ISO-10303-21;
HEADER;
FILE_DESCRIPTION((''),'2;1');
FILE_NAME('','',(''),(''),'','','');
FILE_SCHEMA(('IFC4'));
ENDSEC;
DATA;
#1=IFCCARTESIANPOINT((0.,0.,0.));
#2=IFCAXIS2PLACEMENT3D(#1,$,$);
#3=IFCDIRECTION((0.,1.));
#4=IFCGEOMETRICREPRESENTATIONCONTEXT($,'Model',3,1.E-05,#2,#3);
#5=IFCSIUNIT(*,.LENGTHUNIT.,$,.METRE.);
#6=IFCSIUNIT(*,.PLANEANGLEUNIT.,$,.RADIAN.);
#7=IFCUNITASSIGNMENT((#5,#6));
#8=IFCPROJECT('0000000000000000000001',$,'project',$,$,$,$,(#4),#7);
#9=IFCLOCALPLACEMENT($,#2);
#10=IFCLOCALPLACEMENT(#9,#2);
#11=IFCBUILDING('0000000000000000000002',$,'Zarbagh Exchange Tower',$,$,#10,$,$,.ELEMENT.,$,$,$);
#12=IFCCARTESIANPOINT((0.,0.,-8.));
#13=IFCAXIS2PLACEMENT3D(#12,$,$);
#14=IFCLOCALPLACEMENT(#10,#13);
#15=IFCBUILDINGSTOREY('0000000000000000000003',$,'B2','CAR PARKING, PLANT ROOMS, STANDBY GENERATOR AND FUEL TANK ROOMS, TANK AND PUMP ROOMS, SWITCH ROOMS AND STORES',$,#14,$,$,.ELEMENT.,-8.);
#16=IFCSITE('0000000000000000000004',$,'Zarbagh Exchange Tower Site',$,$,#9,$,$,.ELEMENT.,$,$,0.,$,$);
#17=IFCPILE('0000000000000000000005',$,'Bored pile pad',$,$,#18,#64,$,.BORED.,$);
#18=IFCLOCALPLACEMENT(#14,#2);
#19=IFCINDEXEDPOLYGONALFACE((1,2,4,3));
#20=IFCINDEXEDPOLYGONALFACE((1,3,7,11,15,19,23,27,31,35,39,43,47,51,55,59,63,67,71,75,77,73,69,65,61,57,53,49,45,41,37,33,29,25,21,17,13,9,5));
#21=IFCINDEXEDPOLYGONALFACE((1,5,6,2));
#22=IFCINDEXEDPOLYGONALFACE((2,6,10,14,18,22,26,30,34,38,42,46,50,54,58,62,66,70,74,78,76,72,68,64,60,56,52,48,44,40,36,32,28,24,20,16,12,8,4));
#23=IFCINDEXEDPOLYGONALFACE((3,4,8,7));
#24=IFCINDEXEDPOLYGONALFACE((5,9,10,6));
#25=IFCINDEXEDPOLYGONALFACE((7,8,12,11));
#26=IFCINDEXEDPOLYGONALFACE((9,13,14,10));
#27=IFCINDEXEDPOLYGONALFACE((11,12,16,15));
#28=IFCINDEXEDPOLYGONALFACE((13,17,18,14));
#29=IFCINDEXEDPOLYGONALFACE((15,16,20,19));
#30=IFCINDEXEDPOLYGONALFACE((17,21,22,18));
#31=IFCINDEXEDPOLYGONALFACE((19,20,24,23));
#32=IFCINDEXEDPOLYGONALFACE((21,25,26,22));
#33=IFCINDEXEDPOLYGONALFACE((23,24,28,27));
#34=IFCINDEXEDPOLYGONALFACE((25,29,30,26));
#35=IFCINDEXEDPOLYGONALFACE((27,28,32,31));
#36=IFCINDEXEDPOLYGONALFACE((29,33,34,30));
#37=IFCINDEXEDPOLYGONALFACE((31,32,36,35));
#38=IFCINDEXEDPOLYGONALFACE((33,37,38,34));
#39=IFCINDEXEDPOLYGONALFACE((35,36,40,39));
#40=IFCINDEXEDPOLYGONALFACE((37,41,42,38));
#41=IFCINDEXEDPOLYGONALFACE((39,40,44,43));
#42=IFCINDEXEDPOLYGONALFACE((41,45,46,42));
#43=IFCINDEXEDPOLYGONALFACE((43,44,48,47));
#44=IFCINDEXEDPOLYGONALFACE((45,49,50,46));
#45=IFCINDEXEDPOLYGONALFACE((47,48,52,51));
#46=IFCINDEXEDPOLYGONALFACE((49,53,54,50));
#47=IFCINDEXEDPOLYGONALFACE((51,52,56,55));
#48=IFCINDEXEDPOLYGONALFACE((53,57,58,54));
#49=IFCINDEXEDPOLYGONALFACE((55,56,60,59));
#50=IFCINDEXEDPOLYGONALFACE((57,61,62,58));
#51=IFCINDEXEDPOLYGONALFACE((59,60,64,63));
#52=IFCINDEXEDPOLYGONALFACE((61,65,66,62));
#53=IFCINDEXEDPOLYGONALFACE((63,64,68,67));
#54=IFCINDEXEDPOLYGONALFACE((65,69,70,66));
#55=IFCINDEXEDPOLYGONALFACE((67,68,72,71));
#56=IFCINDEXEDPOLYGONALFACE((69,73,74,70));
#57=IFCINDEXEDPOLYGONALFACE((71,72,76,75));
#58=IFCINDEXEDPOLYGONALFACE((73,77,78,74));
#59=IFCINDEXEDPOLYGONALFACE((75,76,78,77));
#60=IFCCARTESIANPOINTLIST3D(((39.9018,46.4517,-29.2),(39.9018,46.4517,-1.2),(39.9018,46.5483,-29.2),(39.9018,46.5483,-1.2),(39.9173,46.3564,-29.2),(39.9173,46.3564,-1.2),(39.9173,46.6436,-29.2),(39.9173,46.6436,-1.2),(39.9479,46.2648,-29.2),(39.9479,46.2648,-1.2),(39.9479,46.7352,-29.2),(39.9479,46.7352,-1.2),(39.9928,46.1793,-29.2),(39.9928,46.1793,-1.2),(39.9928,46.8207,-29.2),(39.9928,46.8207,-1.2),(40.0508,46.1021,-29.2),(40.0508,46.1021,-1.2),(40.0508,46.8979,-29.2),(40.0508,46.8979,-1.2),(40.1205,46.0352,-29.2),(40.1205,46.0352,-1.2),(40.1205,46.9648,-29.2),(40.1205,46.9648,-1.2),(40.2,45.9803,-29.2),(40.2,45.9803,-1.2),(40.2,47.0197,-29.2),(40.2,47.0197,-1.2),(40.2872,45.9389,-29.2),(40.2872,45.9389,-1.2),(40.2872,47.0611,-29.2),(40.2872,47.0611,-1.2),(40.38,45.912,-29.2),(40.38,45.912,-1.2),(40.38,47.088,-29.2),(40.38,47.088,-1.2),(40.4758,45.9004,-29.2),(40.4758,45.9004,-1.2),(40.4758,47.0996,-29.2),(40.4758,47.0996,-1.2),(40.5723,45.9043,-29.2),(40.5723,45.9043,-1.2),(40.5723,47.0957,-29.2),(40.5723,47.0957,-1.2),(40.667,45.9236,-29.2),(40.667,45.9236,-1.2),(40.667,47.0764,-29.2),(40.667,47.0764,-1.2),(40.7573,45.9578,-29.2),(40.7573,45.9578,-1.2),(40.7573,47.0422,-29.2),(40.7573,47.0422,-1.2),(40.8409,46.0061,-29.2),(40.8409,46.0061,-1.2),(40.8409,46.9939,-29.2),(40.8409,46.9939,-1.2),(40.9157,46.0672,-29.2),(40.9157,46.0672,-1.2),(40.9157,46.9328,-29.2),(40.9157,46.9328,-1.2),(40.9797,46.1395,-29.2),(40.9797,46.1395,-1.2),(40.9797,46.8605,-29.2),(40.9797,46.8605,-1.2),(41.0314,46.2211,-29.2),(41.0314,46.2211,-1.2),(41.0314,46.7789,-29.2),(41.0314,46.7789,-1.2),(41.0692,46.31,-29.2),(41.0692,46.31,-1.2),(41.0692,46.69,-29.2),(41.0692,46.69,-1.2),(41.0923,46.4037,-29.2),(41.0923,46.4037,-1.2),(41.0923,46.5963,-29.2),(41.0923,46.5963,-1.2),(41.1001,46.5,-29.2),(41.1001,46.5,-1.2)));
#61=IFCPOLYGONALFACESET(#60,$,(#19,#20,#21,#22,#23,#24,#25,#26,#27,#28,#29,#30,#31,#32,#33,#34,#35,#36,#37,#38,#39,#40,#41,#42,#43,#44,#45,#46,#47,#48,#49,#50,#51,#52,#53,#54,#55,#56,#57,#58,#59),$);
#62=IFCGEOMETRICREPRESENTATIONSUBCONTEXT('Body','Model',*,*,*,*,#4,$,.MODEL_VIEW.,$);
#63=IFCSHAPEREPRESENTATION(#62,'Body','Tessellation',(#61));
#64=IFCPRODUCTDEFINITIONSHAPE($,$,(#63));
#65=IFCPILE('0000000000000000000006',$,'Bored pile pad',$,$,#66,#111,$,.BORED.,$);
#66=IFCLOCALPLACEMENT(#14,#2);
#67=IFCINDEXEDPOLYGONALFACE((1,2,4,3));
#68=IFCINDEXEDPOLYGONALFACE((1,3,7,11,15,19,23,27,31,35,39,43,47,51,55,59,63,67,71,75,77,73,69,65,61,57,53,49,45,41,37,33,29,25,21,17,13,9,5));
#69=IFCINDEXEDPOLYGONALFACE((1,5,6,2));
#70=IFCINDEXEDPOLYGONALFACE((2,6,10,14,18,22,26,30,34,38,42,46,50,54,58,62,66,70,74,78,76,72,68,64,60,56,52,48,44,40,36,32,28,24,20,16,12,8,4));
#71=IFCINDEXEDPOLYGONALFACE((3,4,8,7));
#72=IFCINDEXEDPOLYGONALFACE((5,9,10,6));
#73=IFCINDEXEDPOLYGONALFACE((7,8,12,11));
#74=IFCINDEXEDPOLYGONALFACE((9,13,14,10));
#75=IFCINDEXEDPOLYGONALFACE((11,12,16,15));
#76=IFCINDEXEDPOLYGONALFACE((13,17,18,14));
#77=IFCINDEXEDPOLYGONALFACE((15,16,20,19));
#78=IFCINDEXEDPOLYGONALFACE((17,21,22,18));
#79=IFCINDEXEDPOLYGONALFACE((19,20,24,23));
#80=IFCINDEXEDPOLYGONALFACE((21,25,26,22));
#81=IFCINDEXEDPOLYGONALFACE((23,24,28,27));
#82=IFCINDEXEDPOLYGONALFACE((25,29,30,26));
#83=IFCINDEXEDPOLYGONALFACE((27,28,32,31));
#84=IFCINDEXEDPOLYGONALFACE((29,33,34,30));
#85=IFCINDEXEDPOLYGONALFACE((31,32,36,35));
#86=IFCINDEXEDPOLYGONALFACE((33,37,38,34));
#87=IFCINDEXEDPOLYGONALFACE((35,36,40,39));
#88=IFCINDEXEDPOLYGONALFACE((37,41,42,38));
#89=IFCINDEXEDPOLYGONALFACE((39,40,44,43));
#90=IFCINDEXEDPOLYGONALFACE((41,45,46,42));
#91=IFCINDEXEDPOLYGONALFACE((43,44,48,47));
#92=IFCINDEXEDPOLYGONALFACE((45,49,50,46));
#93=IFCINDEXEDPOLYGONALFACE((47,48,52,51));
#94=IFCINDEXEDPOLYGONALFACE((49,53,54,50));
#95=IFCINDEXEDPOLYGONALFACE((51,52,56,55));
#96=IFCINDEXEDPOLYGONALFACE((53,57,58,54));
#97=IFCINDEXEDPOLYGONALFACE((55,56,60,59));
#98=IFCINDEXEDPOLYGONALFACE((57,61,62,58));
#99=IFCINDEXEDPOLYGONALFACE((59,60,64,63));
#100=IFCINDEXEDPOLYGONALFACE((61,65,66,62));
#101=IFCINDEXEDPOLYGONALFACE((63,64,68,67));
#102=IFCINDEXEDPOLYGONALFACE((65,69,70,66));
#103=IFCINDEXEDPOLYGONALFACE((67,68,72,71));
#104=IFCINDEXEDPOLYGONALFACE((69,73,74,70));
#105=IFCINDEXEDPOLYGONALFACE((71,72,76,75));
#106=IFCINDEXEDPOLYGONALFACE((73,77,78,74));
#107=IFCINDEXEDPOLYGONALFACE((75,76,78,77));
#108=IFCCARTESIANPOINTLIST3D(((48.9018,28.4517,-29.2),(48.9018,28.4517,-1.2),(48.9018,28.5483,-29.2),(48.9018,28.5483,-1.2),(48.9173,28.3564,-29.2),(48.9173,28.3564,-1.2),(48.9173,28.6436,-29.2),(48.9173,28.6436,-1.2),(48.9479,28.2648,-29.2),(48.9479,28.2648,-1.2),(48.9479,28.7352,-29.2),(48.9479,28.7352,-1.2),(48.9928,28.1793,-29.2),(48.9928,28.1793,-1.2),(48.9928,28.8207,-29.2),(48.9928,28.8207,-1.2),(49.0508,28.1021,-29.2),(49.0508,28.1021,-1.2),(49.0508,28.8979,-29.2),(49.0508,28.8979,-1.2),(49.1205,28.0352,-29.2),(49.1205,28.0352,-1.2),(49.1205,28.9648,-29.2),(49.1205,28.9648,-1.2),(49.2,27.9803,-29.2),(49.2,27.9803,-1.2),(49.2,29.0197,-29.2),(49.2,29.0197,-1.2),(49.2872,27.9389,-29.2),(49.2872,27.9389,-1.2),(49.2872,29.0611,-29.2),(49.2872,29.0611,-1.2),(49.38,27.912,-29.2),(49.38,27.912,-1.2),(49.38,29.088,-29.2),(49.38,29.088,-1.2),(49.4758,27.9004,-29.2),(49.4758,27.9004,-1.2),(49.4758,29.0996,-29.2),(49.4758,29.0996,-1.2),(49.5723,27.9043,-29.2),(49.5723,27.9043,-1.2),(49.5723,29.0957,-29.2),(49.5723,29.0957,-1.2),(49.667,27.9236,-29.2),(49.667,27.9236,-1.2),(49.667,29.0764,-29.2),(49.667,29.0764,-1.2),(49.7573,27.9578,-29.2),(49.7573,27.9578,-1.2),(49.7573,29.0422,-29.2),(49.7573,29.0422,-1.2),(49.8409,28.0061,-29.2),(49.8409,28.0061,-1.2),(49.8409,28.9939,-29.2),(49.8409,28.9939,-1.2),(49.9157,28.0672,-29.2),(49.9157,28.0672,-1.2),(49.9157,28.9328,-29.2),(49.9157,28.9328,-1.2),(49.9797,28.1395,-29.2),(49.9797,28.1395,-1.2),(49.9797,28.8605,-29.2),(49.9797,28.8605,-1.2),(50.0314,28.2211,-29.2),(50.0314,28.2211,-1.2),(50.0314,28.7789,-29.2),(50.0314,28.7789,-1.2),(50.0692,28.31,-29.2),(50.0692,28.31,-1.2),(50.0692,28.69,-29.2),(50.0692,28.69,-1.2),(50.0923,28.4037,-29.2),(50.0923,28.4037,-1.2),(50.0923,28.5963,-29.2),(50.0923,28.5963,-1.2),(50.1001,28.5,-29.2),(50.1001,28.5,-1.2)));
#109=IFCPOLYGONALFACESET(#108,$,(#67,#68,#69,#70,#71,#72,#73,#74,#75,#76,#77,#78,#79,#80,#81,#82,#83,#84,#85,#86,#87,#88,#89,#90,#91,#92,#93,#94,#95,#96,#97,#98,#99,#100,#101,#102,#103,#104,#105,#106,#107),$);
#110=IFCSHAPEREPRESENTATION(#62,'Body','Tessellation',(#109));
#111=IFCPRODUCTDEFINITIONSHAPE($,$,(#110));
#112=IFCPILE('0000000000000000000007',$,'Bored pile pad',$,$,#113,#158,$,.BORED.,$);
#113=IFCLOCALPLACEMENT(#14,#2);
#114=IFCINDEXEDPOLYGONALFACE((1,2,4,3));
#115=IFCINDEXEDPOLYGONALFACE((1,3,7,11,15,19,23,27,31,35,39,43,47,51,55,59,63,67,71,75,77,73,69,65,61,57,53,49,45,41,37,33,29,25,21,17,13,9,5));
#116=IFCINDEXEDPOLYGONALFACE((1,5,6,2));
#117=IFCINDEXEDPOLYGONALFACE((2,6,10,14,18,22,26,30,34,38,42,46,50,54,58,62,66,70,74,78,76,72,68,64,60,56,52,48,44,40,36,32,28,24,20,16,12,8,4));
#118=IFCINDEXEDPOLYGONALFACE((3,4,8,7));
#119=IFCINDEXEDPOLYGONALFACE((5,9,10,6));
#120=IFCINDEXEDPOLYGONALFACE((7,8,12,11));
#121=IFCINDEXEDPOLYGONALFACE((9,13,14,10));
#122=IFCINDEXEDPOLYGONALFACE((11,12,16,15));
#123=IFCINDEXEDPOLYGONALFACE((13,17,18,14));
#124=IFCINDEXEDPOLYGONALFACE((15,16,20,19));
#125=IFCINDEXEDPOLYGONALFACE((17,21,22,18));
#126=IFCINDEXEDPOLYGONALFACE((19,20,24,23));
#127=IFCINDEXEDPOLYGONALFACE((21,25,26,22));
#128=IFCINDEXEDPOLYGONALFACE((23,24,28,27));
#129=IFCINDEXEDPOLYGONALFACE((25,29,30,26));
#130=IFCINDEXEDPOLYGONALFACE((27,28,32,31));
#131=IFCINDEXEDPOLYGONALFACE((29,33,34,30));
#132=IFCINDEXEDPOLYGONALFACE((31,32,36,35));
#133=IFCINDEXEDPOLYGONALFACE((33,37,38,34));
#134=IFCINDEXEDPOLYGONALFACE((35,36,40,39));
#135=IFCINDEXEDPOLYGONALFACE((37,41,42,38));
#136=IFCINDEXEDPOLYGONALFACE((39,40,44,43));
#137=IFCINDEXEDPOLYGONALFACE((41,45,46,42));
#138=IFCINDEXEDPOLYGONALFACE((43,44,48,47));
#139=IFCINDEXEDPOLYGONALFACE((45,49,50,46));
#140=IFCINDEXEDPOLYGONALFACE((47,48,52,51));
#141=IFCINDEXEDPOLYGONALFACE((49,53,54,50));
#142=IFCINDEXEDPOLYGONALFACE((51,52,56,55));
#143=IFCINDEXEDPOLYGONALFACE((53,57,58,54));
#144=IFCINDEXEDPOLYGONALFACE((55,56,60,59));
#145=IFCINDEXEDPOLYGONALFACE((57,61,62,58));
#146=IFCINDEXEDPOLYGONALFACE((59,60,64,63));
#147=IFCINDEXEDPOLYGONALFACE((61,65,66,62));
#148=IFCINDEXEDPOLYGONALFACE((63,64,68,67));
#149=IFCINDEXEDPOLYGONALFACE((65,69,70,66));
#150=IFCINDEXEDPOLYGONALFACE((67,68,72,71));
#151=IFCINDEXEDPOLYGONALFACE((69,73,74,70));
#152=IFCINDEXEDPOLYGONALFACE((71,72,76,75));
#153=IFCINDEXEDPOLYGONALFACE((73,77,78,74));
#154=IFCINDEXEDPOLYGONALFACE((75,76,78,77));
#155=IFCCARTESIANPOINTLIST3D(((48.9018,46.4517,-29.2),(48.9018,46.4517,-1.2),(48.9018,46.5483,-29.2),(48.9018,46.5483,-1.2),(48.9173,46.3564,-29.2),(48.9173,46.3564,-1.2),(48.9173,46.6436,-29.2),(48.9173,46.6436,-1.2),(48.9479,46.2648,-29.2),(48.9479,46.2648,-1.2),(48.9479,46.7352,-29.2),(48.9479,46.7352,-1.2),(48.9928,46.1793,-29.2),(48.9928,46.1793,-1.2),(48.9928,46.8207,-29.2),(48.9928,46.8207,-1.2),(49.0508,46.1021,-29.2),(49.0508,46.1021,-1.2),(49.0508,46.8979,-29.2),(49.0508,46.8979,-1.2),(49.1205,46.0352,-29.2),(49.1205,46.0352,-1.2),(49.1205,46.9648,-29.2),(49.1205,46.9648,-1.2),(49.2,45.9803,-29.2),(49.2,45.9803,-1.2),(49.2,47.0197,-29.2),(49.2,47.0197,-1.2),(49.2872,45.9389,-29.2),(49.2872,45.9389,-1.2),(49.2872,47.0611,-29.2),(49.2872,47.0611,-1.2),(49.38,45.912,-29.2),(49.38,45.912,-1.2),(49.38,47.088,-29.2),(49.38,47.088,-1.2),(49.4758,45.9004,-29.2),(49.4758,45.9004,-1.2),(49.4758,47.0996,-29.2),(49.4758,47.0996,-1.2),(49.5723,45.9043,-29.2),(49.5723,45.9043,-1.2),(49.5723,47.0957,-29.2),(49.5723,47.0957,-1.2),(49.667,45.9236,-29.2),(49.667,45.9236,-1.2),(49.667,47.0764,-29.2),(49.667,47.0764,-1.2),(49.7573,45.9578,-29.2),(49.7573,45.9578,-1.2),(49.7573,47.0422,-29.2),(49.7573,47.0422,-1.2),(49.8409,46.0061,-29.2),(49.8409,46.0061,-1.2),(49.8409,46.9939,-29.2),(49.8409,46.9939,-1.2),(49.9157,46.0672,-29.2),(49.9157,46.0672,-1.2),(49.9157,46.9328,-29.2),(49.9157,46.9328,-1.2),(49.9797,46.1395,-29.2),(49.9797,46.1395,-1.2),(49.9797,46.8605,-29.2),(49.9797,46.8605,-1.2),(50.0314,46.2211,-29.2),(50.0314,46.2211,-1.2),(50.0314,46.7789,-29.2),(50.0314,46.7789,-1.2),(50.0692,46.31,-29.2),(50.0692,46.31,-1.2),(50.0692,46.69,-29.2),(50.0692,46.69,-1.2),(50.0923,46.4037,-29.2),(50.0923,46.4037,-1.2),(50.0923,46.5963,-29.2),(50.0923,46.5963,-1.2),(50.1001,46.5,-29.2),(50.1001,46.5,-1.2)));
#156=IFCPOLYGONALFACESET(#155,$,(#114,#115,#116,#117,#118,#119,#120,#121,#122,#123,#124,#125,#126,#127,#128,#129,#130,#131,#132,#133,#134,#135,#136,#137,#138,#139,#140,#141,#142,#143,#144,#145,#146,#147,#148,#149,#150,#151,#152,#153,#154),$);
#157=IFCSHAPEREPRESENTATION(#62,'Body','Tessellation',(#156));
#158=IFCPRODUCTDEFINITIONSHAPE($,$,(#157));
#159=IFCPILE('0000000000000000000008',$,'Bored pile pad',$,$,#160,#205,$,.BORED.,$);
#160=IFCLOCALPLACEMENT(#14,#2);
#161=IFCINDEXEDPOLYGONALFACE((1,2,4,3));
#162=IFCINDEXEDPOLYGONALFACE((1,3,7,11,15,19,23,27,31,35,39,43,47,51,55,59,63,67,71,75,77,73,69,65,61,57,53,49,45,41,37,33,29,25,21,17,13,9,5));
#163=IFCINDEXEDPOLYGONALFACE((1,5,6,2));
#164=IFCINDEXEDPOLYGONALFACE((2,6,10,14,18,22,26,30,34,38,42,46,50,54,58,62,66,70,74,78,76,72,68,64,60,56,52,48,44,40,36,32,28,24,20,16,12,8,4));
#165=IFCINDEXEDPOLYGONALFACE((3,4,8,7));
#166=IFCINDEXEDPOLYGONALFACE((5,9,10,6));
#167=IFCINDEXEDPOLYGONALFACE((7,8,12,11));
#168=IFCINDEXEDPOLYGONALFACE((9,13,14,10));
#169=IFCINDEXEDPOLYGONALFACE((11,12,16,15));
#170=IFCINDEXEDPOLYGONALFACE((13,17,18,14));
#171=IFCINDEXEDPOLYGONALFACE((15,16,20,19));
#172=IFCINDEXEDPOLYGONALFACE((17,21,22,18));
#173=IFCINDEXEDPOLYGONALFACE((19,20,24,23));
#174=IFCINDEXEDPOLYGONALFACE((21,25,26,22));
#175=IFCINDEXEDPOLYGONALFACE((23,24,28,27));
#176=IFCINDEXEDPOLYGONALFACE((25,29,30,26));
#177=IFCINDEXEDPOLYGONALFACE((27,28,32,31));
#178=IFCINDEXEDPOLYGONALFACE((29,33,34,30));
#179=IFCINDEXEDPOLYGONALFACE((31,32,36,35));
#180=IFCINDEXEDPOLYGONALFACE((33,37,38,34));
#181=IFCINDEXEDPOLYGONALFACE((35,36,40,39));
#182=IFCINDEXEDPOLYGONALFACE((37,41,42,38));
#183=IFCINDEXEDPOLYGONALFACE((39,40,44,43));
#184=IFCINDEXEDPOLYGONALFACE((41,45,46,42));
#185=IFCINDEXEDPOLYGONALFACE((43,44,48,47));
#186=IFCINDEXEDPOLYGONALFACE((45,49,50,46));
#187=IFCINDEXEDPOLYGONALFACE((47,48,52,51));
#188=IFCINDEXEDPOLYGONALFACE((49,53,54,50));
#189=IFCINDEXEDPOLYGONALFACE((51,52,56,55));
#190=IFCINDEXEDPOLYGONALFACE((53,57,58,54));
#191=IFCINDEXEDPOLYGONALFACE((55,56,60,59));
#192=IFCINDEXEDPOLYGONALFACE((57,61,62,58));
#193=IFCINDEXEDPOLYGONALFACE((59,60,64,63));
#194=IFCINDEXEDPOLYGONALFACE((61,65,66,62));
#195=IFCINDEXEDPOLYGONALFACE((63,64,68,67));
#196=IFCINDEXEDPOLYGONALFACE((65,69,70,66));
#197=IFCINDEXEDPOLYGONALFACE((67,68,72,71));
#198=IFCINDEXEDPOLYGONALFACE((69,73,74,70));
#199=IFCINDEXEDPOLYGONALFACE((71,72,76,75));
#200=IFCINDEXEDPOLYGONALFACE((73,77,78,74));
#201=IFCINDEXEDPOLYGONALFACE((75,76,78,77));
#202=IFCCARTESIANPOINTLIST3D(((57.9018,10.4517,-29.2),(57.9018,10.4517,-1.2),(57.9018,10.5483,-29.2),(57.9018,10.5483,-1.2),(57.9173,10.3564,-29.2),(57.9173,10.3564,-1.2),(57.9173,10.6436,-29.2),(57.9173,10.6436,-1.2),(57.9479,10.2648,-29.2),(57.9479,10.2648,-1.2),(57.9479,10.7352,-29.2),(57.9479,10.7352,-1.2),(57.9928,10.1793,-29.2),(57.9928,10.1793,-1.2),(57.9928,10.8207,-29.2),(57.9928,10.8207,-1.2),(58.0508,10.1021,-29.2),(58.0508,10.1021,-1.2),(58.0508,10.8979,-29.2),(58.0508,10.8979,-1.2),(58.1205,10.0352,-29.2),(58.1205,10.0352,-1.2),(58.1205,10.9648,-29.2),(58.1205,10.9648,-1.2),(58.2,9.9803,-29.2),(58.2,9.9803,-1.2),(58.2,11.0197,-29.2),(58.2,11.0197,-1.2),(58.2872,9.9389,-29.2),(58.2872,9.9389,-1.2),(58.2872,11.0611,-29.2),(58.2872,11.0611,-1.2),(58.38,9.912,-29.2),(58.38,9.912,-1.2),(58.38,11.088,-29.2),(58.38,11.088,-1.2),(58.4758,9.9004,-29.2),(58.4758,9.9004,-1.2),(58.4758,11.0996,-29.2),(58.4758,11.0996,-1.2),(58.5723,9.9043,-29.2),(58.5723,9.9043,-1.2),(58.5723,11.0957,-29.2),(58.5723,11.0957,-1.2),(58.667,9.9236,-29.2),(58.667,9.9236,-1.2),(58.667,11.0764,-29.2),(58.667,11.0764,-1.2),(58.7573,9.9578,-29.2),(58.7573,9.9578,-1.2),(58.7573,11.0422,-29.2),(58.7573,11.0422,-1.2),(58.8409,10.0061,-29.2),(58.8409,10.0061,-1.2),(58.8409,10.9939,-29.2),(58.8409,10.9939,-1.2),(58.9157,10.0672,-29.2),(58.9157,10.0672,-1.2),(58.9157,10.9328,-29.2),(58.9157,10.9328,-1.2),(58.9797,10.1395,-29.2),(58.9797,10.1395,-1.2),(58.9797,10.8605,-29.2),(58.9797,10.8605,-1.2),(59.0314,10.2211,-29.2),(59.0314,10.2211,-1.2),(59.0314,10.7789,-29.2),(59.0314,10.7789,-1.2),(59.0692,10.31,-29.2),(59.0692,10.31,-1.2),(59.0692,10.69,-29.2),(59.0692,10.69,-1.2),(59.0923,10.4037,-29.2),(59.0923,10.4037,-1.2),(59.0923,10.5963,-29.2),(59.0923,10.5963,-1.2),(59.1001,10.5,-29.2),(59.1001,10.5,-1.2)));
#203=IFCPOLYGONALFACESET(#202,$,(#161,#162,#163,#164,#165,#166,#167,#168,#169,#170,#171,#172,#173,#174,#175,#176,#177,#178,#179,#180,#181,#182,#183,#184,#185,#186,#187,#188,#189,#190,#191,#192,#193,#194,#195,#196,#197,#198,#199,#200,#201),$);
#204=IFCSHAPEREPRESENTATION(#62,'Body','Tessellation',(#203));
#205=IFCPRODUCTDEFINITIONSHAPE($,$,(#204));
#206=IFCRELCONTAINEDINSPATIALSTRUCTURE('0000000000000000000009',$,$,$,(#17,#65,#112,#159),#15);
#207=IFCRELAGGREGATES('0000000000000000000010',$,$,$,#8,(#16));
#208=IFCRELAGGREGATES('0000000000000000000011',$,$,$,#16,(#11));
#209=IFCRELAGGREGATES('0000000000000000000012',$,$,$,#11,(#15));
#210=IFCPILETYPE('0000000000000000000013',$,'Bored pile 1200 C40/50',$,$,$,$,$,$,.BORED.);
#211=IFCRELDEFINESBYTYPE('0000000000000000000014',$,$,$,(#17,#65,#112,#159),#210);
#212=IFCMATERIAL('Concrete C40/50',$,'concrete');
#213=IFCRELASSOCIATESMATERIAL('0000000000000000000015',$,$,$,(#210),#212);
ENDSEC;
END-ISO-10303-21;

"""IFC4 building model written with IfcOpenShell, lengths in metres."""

from ifc_helpers import new_model, si_unit, direction, frame, origin, origin_2d, place, context, subcontext, project, spatial, circle, extrude, material, material_profile, profile_set, type_object, element, save


model = new_model("IFC4")

# Units and contexts
model_context = context("Model", 3, precision=1e-05, world=origin(), true_north=direction((0.0, 1.0)))
body_context = subcontext(model_context, "Body", "Model", "MODEL_VIEW")
ifc_project = project(units=[si_unit("LENGTHUNIT", "METRE"), si_unit("PLANEANGLEUNIT", "RADIAN")], contexts=[model_context])

# Site, building, storey
site_placement = place(None, origin())
site = spatial("IfcSite", under=ifc_project, at=site_placement, Name="Zarbagh Exchange Tower Site", CompositionType="ELEMENT", RefElevation=0.0)
building_placement = place(site_placement, origin())
building = spatial("IfcBuilding", under=site, at=building_placement, Name="Zarbagh Exchange Tower", CompositionType="ELEMENT")
storey_placement = place(building_placement, frame((0.0, 0.0, -8.0)))
storey = spatial("IfcBuildingStorey", under=building, at=storey_placement, Name="B2", Description="CAR PARKING, PLANT ROOMS, STANDBY GENERATOR AND FUEL TANK ROOMS, TANK AND PUMP ROOMS, SWITCH ROOMS AND STORES", CompositionType="ELEMENT", Elevation=-8.0)

# Piles
ifc_material_1 = material(Name="Concrete C40/50", Category="concrete")
ifc_material_profile_1 = material_profile(ifc_material_1, circle(Radius=0.6001, at=origin_2d()), Name="Bored pile 1200 C40/50")
ifc_profile_set_1 = profile_set([ifc_material_profile_1], Name="Concrete C40/50")
pile_type = type_object("IfcPileType", Name="Bored pile 1200 C40/50", PredefinedType="BORED", material=ifc_profile_set_1)
for number, where, z_axis, x_axis, name in (
    (1, (40.5, 46.5, -1.2), (0.0, 0.0, -1.0), (1.0, 0.0, 0.0), "Bored pile pad"),
    (2, (49.5, 28.5, -1.2), (0.0, 0.0, -1.0), (1.0, 0.0, 0.0), "Bored pile pad"),
    (3, (49.5, 46.5, -1.2), (0.0, 0.0, -1.0), (1.0, 0.0, 0.0), "Bored pile pad"),
    (4, (58.5, 10.5, -1.2), (0.0, 0.0, -1.0), (1.0, 0.0, 0.0), "Bored pile pad"),
):
    element("IfcPile", number, at=place(storey_placement, frame(where, z_axis=z_axis, x_axis=x_axis)), inside=storey, type_object=pile_type, Name=name, PredefinedType="BORED", context=body_context, shape_type="SweptSolid", body=[
        extrude(circle(Radius=0.6001, at=origin_2d()), origin(), (0.0, 0.0, 1.0), 28.0),
    ])

save(model, "model.ifc")
